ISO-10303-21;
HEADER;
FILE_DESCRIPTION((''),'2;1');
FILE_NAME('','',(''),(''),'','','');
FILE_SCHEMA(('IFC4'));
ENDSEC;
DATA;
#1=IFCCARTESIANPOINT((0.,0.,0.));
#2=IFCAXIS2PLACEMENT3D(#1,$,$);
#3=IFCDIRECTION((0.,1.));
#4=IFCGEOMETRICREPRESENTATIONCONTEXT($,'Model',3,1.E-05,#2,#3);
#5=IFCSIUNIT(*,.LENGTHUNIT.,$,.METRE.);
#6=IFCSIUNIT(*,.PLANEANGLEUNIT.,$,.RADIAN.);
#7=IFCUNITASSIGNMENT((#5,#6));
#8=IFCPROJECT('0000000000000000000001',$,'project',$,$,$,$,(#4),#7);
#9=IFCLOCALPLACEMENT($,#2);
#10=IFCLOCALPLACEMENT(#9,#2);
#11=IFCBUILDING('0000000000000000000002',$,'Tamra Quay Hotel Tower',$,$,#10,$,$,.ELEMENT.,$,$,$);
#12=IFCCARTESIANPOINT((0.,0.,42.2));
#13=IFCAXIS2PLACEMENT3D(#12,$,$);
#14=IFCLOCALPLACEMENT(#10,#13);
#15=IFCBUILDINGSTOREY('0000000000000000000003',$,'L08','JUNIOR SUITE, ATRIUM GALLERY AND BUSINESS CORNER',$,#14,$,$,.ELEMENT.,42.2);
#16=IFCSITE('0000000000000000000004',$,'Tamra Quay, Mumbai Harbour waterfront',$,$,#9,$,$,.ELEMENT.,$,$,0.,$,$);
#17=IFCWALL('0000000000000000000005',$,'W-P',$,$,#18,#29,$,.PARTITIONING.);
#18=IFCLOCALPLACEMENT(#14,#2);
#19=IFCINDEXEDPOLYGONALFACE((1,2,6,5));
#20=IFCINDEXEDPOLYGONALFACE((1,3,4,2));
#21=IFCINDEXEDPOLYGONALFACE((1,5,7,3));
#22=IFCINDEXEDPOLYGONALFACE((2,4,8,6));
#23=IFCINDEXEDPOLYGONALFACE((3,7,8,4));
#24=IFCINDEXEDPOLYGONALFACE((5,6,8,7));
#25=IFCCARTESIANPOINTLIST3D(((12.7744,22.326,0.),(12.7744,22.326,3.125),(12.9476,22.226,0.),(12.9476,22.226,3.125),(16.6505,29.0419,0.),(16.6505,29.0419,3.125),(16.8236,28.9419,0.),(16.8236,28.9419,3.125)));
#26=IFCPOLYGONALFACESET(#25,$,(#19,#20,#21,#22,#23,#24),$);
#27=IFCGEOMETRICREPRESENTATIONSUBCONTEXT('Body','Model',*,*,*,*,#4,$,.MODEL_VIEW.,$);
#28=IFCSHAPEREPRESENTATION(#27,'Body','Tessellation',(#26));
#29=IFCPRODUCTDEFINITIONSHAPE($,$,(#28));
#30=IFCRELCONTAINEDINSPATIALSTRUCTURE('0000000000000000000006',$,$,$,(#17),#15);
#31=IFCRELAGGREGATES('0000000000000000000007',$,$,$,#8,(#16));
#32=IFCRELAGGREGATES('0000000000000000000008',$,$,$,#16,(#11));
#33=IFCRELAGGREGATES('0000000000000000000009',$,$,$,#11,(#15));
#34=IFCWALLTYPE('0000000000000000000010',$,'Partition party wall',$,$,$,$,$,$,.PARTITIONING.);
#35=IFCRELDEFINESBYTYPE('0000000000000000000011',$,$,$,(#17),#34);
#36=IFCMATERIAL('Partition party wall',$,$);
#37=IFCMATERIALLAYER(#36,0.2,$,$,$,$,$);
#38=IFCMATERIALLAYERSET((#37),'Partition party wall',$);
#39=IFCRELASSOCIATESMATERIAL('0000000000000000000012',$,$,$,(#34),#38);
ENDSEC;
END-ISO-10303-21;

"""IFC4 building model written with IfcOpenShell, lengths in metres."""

from ifc_helpers import new_model, si_unit, direction, frame, frame_2d, origin, place, context, subcontext, project, spatial, rectangle, extrude, material, layer, layer_set, type_object, element, save


model = new_model("IFC4")

# Units and contexts
model_context = context("Model", 3, precision=1e-05, world=origin(), true_north=direction((0.0, 1.0)))
body_context = subcontext(model_context, "Body", "Model", "MODEL_VIEW")
ifc_project = project(units=[si_unit("LENGTHUNIT", "METRE"), si_unit("PLANEANGLEUNIT", "RADIAN")], contexts=[model_context])

# Site, building, storey
site_placement = place(None, origin())
site = spatial("IfcSite", under=ifc_project, at=site_placement, Name="Tamra Quay, Mumbai Harbour waterfront", CompositionType="ELEMENT", RefElevation=0.0)
building_placement = place(site_placement, origin())
building = spatial("IfcBuilding", under=site, at=building_placement, Name="Tamra Quay Hotel Tower", CompositionType="ELEMENT")
storey_placement = place(building_placement, frame((0.0, 0.0, 42.2)))
storey = spatial("IfcBuildingStorey", under=building, at=storey_placement, Name="L08", Description="JUNIOR SUITE, ATRIUM GALLERY AND BUSINESS CORNER", CompositionType="ELEMENT", Elevation=42.2)

# Wall
ifc_material_1 = material(Name="Partition party wall")
ifc_layer_1 = layer(ifc_material_1, 0.2)
ifc_layer_set_1 = layer_set([ifc_layer_1], Name="Partition party wall")
wall_type_1 = type_object("IfcWallType", Name="Partition party wall", PredefinedType="PARTITIONING", material=ifc_layer_set_1)
wall_1_placement = place(storey_placement, frame((12.8611, 22.2761, 0.0), z_axis=(0.0, 0.0, 1.0), x_axis=(0.499864, 0.866104, 0.0)))
element("IfcWall", 1, at=wall_1_placement, inside=storey, type_object=wall_type_1, Name="W-P", PredefinedType="PARTITIONING", context=body_context, shape_type="SweptSolid", body=[
    extrude(rectangle(XDim=7.7542, YDim=0.2, at=frame_2d((3.877, 0.0))), origin(), (0.0, 0.0, 1.0), 3.125),
])

save(model, "model.ifc")
